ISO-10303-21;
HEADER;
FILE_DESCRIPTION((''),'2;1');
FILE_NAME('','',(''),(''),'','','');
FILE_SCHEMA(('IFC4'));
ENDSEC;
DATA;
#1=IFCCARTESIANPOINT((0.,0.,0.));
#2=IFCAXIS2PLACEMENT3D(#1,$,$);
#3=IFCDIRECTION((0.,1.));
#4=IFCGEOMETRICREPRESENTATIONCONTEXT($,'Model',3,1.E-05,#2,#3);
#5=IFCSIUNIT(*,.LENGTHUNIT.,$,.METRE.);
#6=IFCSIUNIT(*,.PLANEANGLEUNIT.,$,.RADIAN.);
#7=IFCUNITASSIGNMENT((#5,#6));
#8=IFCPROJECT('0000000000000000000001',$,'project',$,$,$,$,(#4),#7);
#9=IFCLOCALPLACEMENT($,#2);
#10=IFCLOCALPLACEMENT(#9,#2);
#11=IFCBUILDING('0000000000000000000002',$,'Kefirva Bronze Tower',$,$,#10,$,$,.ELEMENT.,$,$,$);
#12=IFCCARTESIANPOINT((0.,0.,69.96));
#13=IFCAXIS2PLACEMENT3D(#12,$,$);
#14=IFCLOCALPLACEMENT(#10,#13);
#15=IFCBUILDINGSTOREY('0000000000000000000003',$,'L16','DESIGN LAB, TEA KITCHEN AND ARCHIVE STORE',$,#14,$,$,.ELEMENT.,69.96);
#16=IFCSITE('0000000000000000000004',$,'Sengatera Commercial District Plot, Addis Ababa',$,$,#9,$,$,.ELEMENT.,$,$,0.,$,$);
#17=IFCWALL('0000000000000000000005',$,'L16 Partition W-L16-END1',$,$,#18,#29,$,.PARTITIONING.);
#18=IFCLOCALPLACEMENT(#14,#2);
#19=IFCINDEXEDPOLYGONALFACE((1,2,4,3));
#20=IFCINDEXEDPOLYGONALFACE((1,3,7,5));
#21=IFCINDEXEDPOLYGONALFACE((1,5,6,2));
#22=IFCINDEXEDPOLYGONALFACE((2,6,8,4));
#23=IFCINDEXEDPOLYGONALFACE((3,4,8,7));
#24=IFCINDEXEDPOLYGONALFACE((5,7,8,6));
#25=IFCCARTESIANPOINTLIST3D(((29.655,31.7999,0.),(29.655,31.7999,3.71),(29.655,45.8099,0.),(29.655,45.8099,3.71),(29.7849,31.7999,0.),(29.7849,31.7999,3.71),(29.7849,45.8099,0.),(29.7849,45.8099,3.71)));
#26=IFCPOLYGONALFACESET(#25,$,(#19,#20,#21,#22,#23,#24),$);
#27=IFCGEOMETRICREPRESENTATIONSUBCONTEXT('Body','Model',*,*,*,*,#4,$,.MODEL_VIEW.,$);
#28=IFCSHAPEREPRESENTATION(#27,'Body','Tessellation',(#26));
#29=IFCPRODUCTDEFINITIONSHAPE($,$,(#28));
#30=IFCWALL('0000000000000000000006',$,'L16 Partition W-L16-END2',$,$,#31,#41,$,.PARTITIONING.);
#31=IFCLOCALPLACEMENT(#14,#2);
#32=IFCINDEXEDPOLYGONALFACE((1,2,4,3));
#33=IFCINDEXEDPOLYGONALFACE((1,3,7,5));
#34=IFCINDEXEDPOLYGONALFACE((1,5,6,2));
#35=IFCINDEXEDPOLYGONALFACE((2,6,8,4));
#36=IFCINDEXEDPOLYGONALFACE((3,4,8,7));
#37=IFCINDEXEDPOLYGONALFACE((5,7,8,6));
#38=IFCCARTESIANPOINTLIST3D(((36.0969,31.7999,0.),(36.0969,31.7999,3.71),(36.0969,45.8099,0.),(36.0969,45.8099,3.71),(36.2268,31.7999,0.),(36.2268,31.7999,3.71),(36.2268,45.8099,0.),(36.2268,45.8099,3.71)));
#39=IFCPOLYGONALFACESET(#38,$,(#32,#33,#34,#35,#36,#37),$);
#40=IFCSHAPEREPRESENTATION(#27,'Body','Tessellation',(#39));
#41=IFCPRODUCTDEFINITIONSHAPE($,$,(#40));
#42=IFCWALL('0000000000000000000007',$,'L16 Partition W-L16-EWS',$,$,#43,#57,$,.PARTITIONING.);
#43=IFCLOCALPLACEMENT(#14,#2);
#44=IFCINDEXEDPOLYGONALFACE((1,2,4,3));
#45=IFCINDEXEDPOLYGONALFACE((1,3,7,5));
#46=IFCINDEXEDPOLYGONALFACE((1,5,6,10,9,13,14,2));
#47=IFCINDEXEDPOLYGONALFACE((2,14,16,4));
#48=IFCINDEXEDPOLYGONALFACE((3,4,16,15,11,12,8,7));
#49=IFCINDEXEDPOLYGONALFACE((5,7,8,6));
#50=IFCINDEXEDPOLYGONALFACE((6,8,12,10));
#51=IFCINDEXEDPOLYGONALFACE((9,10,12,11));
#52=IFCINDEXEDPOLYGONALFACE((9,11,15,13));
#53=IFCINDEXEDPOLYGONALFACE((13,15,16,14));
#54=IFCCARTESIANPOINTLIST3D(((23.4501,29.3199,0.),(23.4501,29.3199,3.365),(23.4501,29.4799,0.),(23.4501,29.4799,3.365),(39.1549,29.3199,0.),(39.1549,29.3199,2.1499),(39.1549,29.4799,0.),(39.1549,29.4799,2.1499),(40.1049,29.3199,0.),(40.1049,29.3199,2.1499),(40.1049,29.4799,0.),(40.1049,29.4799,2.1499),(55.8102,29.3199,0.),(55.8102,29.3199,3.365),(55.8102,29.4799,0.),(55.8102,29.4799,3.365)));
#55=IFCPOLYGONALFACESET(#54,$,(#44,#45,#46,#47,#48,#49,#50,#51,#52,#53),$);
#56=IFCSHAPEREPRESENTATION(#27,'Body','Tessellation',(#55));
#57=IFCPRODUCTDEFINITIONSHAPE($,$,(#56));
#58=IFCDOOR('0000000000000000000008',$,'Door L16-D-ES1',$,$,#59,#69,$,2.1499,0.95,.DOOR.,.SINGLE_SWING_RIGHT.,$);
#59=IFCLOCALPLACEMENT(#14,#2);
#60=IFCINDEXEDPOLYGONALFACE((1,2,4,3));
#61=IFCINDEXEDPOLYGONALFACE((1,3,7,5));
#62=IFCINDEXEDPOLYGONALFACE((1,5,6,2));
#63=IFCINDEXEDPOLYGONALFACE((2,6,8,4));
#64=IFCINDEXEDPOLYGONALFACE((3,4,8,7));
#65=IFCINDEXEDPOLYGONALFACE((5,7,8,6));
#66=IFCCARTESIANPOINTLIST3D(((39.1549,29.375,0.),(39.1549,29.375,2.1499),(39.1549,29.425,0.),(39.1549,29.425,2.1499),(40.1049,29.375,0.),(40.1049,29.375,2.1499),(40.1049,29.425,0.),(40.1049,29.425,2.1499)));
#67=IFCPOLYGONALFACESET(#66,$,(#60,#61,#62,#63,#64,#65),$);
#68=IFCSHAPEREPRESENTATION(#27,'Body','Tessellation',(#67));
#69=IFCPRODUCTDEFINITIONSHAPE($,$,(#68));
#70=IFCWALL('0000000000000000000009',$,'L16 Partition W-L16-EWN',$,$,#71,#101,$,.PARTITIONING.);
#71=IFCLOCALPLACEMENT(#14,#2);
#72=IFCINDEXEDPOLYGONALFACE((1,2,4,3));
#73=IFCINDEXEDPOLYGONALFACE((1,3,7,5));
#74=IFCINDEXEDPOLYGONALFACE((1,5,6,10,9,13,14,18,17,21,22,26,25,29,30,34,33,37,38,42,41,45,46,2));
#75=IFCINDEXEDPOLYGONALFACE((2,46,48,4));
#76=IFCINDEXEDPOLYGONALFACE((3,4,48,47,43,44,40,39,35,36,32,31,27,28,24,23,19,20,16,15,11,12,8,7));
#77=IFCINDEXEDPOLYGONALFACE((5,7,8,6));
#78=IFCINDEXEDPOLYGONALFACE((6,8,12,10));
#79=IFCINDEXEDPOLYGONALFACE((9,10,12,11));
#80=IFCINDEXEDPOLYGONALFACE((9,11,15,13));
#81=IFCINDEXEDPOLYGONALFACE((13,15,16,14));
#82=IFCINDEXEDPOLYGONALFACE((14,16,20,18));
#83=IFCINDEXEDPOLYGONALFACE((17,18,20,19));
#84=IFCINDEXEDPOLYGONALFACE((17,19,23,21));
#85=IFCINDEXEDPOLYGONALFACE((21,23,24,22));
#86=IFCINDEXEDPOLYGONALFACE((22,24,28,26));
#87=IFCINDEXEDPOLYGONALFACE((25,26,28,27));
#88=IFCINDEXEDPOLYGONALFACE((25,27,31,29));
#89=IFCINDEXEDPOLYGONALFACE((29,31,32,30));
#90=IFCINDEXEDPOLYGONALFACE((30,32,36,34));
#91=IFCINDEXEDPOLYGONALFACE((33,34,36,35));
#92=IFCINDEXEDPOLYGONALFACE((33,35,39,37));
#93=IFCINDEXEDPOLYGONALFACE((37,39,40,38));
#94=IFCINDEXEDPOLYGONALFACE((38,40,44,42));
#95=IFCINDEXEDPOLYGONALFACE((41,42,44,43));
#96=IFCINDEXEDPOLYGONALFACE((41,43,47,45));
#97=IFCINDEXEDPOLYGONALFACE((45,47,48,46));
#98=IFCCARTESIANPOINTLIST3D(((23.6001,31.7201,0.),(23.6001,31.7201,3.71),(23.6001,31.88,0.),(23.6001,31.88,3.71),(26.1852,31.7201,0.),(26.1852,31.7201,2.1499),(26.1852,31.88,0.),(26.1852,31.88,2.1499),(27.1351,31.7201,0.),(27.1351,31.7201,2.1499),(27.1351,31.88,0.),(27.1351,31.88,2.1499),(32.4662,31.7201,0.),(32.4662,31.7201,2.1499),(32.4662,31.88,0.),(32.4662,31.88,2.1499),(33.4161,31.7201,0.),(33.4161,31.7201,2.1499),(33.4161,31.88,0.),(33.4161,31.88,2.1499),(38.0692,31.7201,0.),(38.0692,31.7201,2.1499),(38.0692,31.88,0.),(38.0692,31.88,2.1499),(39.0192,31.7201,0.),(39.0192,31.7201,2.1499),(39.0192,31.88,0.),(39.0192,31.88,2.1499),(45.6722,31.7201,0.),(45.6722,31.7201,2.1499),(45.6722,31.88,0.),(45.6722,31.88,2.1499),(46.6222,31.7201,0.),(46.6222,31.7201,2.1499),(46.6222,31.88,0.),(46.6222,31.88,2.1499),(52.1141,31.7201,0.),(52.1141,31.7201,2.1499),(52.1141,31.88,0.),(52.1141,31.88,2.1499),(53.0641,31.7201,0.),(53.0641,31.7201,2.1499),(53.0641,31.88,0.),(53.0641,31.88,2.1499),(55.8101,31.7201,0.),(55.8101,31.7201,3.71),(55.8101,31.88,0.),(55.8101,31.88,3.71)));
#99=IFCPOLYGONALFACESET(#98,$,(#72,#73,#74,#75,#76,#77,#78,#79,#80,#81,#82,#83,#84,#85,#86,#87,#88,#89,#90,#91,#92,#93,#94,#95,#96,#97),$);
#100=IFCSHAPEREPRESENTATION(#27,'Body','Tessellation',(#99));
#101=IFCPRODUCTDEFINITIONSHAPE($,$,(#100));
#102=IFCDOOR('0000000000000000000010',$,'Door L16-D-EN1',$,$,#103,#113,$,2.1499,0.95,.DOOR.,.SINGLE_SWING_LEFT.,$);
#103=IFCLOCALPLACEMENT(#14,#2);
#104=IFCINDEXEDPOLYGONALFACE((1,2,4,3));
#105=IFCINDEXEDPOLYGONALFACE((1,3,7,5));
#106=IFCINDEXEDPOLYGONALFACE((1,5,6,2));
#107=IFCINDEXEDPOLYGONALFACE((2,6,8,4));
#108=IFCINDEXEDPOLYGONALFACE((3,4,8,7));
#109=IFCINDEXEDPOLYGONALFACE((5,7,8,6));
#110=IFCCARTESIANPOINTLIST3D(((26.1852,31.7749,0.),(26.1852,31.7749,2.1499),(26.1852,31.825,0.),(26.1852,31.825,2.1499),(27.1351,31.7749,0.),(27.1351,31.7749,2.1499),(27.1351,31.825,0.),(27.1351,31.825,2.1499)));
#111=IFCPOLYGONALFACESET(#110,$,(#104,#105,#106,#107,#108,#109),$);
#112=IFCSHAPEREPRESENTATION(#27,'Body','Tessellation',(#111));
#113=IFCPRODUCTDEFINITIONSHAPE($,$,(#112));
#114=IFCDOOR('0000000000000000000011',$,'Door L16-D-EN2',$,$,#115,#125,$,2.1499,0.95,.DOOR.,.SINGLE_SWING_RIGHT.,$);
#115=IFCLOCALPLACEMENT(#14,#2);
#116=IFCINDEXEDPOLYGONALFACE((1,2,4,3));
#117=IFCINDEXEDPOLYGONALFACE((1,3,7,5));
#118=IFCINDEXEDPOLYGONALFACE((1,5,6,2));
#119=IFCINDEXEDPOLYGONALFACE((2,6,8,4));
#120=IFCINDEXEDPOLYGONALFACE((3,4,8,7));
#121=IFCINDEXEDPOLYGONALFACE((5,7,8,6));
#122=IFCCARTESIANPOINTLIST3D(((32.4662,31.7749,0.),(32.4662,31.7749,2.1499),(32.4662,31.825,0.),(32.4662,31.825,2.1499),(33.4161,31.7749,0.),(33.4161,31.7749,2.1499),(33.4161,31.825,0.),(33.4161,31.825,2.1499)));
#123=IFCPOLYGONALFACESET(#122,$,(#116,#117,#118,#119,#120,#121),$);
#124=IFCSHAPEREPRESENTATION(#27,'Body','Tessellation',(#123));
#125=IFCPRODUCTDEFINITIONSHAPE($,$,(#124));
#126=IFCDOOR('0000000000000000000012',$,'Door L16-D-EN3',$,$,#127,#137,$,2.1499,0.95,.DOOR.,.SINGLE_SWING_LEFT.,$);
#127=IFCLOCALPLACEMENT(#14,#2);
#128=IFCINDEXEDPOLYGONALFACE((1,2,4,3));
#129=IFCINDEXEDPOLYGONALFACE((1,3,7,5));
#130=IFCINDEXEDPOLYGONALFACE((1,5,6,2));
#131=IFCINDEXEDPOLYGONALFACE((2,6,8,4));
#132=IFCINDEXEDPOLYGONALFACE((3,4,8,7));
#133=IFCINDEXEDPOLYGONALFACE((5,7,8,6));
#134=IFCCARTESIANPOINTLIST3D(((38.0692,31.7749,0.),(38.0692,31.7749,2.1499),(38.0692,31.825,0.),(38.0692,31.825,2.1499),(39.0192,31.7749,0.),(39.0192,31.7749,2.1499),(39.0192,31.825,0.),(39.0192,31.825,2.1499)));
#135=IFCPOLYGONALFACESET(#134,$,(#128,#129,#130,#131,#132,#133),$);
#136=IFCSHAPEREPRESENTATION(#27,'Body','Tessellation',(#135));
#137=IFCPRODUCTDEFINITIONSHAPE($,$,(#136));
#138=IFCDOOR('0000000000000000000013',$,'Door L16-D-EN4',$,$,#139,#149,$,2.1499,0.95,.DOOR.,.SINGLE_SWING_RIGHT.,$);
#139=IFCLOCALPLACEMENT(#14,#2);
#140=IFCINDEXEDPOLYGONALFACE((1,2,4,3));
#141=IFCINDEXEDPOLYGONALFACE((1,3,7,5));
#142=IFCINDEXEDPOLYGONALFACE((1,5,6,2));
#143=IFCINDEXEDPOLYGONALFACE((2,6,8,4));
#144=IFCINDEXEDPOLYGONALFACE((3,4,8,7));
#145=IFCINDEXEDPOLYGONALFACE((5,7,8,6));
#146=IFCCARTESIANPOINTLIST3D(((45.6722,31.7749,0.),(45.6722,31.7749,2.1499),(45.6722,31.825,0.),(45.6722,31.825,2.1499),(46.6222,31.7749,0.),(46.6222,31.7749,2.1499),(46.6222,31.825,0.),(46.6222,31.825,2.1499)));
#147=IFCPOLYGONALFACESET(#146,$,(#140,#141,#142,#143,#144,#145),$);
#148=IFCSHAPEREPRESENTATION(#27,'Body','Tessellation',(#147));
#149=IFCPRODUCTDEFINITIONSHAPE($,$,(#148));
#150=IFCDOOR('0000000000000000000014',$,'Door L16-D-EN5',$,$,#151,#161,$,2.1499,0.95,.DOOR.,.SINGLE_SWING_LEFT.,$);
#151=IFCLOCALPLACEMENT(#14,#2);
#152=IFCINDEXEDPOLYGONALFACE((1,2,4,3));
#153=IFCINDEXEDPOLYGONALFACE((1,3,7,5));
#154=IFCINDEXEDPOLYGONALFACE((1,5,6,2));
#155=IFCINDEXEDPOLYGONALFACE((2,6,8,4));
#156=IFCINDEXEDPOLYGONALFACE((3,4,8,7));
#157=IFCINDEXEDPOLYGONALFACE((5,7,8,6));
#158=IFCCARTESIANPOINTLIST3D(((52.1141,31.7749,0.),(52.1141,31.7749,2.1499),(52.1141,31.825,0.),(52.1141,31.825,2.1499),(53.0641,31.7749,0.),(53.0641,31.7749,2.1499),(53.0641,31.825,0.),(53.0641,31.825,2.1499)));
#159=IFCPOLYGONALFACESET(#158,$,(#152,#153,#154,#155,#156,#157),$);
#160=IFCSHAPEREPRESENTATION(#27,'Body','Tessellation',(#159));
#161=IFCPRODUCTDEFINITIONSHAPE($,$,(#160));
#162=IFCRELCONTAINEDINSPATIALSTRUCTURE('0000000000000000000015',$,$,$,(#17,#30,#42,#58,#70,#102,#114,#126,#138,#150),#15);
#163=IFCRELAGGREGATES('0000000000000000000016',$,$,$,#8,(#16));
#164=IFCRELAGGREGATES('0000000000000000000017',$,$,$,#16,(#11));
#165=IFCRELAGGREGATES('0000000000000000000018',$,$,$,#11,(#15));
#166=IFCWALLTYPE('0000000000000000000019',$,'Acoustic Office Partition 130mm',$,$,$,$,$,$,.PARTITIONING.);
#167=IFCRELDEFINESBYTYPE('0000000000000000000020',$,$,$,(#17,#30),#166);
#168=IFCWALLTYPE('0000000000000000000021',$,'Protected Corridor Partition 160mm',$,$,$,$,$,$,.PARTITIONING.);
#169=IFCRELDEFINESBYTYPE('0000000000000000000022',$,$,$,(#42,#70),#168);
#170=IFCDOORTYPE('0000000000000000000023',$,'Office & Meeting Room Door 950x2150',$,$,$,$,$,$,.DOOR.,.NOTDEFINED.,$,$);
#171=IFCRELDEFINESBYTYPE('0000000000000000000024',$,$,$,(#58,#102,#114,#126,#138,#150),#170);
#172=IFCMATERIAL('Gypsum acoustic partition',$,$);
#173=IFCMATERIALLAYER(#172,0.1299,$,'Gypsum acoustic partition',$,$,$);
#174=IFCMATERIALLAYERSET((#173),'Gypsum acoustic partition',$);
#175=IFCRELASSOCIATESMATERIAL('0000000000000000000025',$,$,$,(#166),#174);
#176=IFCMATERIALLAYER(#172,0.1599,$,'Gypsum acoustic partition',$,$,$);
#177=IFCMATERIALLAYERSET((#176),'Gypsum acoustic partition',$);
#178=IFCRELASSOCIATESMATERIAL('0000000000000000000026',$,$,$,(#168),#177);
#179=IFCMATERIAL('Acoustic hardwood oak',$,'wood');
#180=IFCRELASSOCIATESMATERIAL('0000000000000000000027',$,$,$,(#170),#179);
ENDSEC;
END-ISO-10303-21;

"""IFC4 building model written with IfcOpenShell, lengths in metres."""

from ifc_helpers import new_model, si_unit, direction, frame, frame_2d, origin, place, context, subcontext, project, spatial, rectangle, extrude, material, layer, layer_set, type_object, element, fill, save


model = new_model("IFC4")

# Units and contexts
model_context = context("Model", 3, precision=1e-05, world=origin(), true_north=direction((0.0, 1.0)))
body_context = subcontext(model_context, "Body", "Model", "MODEL_VIEW")
ifc_project = project(units=[si_unit("LENGTHUNIT", "METRE"), si_unit("PLANEANGLEUNIT", "RADIAN")], contexts=[model_context])

# Site, building, storey
site_placement = place(None, origin())
site = spatial("IfcSite", under=ifc_project, at=site_placement, Name="Sengatera Commercial District Plot, Addis Ababa", CompositionType="ELEMENT", RefElevation=0.0)
building_placement = place(site_placement, origin())
building = spatial("IfcBuilding", under=site, at=building_placement, Name="Kefirva Bronze Tower", CompositionType="ELEMENT")
storey_placement = place(building_placement, frame((0.0, 0.0, 69.96)))
storey = spatial("IfcBuildingStorey", under=building, at=storey_placement, Name="L16", Description="DESIGN LAB, TEA KITCHEN AND ARCHIVE STORE", CompositionType="ELEMENT", Elevation=69.96)

# Walls
ifc_material_1 = material(Name="Gypsum acoustic partition")
ifc_layer_1 = layer(ifc_material_1, 0.1299, Name="Gypsum acoustic partition")
ifc_layer_set_1 = layer_set([ifc_layer_1], Name="Gypsum acoustic partition")
wall_type_1 = type_object("IfcWallType", Name="Acoustic Office Partition 130mm", PredefinedType="PARTITIONING", material=ifc_layer_set_1)
for number, where, z_axis, x_axis, name in (
    (1, (29.72, 31.8, 0.0), (0.0, 0.0, 1.0), (0.0, 1.0, 0.0), "L16 Partition W-L16-END1"),
    (2, (36.1619, 31.8, 0.0), (0.0, 0.0, 1.0), (0.0, 1.0, 0.0), "L16 Partition W-L16-END2"),
):
    element("IfcWall", number, at=place(storey_placement, frame(where, z_axis=z_axis, x_axis=x_axis)), inside=storey, type_object=wall_type_1, Name=name, PredefinedType="PARTITIONING", context=body_context, shape_type="SweptSolid", body=[
        extrude(rectangle(XDim=14.01, YDim=0.1299, at=frame_2d((7.0049, 0.0))), origin(), (0.0, 0.0, 1.0), 3.71),
    ])

# Wall, opening, door
ifc_layer_2 = layer(ifc_material_1, 0.1599, Name="Gypsum acoustic partition")
ifc_layer_set_2 = layer_set([ifc_layer_2], Name="Gypsum acoustic partition")
wall_type_2 = type_object("IfcWallType", Name="Protected Corridor Partition 160mm", PredefinedType="PARTITIONING", material=ifc_layer_set_2)
wall_1_placement = place(storey_placement, frame((23.45, 29.3999, 0.0), z_axis=(0.0, 0.0, 1.0), x_axis=(1.0, 0.0, 0.0)))
wall_1 = element("IfcWall", 3, at=wall_1_placement, inside=storey, type_object=wall_type_2, Name="L16 Partition W-L16-EWS", PredefinedType="PARTITIONING", context=body_context, shape_type="SweptSolid", body=[
    extrude(rectangle(XDim=32.3601, YDim=0.1599, at=frame_2d((16.1802, 0.0))), origin(), (0.0, 0.0, 1.0), 3.365),
])
opening_1_placement = place(wall_1_placement, frame((16.655, 0.0, 0.0), z_axis=(0.0, 0.0, 1.0), x_axis=(-1.0, 0.0, 0.0)))
opening_1 = element("IfcOpeningElement", 4, at=opening_1_placement, cuts=wall_1, PredefinedType="OPENING", context=body_context, shape_type="SweptSolid", body=[
    extrude(rectangle(XDim=0.95, YDim=2.1499, at=frame_2d((0.4751, 1.075))), frame((0.0, 0.0898, 0.0), z_axis=(0.0, -1.0, 0.0), x_axis=(1.0, 0.0, 0.0)), (0.0, 0.0, 1.0), 0.1799),
])
ifc_material_2 = material(Name="Acoustic hardwood oak", Category="wood")
door_type = type_object("IfcDoorType", Name="Office & Meeting Room Door 950x2150", OperationType="NOTDEFINED", PredefinedType="DOOR", material=ifc_material_2)
door_1_placement = place(opening_1_placement, origin())
door_1 = element("IfcDoor", 5, at=door_1_placement, inside=storey, type_object=door_type, Name="Door L16-D-ES1", OperationType="SINGLE_SWING_RIGHT", OverallHeight=2.1499, OverallWidth=0.95, PredefinedType="DOOR", context=body_context, shape_type="SweptSolid", body=[
    extrude(rectangle(XDim=0.95, YDim=2.1499, at=frame_2d((0.4751, 1.075))), frame((0.0, 0.0249, 0.0), z_axis=(0.0, -1.0, 0.0), x_axis=(1.0, 0.0, 0.0)), (0.0, 0.0, 1.0), 0.05),
])
fill(opening_1, door_1)

# Wall, openings, doors
wall_2_placement = place(storey_placement, frame((23.6001, 31.8, 0.0), z_axis=(0.0, 0.0, 1.0), x_axis=(1.0, 0.0, 0.0)))
wall_2 = element("IfcWall", 6, at=wall_2_placement, inside=storey, type_object=wall_type_2, Name="L16 Partition W-L16-EWN", PredefinedType="PARTITIONING", context=body_context, shape_type="SweptSolid", body=[
    extrude(rectangle(XDim=32.21, YDim=0.1599, at=frame_2d((16.105, 0.0))), origin(), (0.0, 0.0, 1.0), 3.71),
])
opening_2_placement = place(wall_2_placement, frame((2.585, 0.0, 0.0)))
opening_2 = element("IfcOpeningElement", 7, at=opening_2_placement, cuts=wall_2, PredefinedType="OPENING", context=body_context, shape_type="SweptSolid", body=[
    extrude(rectangle(XDim=0.95, YDim=2.1499, at=frame_2d((0.4751, 1.075))), frame((0.0, 0.0898, 0.0), z_axis=(0.0, -1.0, 0.0), x_axis=(1.0, 0.0, 0.0)), (0.0, 0.0, 1.0), 0.1799),
])
opening_3_placement = place(wall_2_placement, frame((8.866, 0.0, 0.0)))
opening_3 = element("IfcOpeningElement", 8, at=opening_3_placement, cuts=wall_2, PredefinedType="OPENING", context=body_context, shape_type="SweptSolid", body=[
    extrude(rectangle(XDim=0.95, YDim=2.1499, at=frame_2d((0.4751, 1.075))), frame((0.0, 0.0898, 0.0), z_axis=(0.0, -1.0, 0.0), x_axis=(1.0, 0.0, 0.0)), (0.0, 0.0, 1.0), 0.1799),
])
opening_4_placement = place(wall_2_placement, frame((14.469, 0.0, 0.0)))
opening_4 = element("IfcOpeningElement", 9, at=opening_4_placement, cuts=wall_2, PredefinedType="OPENING", context=body_context, shape_type="SweptSolid", body=[
    extrude(rectangle(XDim=0.95, YDim=2.1499, at=frame_2d((0.4751, 1.075))), frame((0.0, 0.0898, 0.0), z_axis=(0.0, -1.0, 0.0), x_axis=(1.0, 0.0, 0.0)), (0.0, 0.0, 1.0), 0.1799),
])
opening_5_placement = place(wall_2_placement, frame((22.072, 0.0, 0.0)))
opening_5 = element("IfcOpeningElement", 10, at=opening_5_placement, cuts=wall_2, PredefinedType="OPENING", context=body_context, shape_type="SweptSolid", body=[
    extrude(rectangle(XDim=0.95, YDim=2.1499, at=frame_2d((0.4751, 1.075))), frame((0.0, 0.0898, 0.0), z_axis=(0.0, -1.0, 0.0), x_axis=(1.0, 0.0, 0.0)), (0.0, 0.0, 1.0), 0.1799),
])
opening_6_placement = place(wall_2_placement, frame((28.5139, 0.0, 0.0)))
opening_6 = element("IfcOpeningElement", 11, at=opening_6_placement, cuts=wall_2, PredefinedType="OPENING", context=body_context, shape_type="SweptSolid", body=[
    extrude(rectangle(XDim=0.95, YDim=2.1499, at=frame_2d((0.4751, 1.075))), frame((0.0, 0.0898, 0.0), z_axis=(0.0, -1.0, 0.0), x_axis=(1.0, 0.0, 0.0)), (0.0, 0.0, 1.0), 0.1799),
])
door_2_placement = place(opening_2_placement, origin())
door_2 = element("IfcDoor", 12, at=door_2_placement, inside=storey, type_object=door_type, Name="Door L16-D-EN1", OperationType="SINGLE_SWING_LEFT", OverallHeight=2.1499, OverallWidth=0.95, PredefinedType="DOOR", context=body_context, shape_type="SweptSolid", body=[
    extrude(rectangle(XDim=0.95, YDim=2.1499, at=frame_2d((0.4751, 1.075))), frame((0.0, 0.0249, 0.0), z_axis=(0.0, -1.0, 0.0), x_axis=(1.0, 0.0, 0.0)), (0.0, 0.0, 1.0), 0.05),
])
fill(opening_2, door_2)
door_3_placement = place(opening_3_placement, origin())
door_3 = element("IfcDoor", 13, at=door_3_placement, inside=storey, type_object=door_type, Name="Door L16-D-EN2", OperationType="SINGLE_SWING_RIGHT", OverallHeight=2.1499, OverallWidth=0.95, PredefinedType="DOOR", context=body_context, shape_type="SweptSolid", body=[
    extrude(rectangle(XDim=0.95, YDim=2.1499, at=frame_2d((0.4751, 1.075))), frame((0.0, 0.0249, 0.0), z_axis=(0.0, -1.0, 0.0), x_axis=(1.0, 0.0, 0.0)), (0.0, 0.0, 1.0), 0.05),
])
fill(opening_3, door_3)
door_4_placement = place(opening_4_placement, origin())
door_4 = element("IfcDoor", 14, at=door_4_placement, inside=storey, type_object=door_type, Name="Door L16-D-EN3", OperationType="SINGLE_SWING_LEFT", OverallHeight=2.1499, OverallWidth=0.95, PredefinedType="DOOR", context=body_context, shape_type="SweptSolid", body=[
    extrude(rectangle(XDim=0.95, YDim=2.1499, at=frame_2d((0.4751, 1.075))), frame((0.0, 0.0249, 0.0), z_axis=(0.0, -1.0, 0.0), x_axis=(1.0, 0.0, 0.0)), (0.0, 0.0, 1.0), 0.05),
])
fill(opening_4, door_4)
door_5_placement = place(opening_5_placement, origin())
door_5 = element("IfcDoor", 15, at=door_5_placement, inside=storey, type_object=door_type, Name="Door L16-D-EN4", OperationType="SINGLE_SWING_RIGHT", OverallHeight=2.1499, OverallWidth=0.95, PredefinedType="DOOR", context=body_context, shape_type="SweptSolid", body=[
    extrude(rectangle(XDim=0.95, YDim=2.1499, at=frame_2d((0.4751, 1.075))), frame((0.0, 0.0249, 0.0), z_axis=(0.0, -1.0, 0.0), x_axis=(1.0, 0.0, 0.0)), (0.0, 0.0, 1.0), 0.05),
])
fill(opening_5, door_5)
door_6_placement = place(opening_6_placement, origin())
door_6 = element("IfcDoor", 16, at=door_6_placement, inside=storey, type_object=door_type, Name="Door L16-D-EN5", OperationType="SINGLE_SWING_LEFT", OverallHeight=2.1499, OverallWidth=0.95, PredefinedType="DOOR", context=body_context, shape_type="SweptSolid", body=[
    extrude(rectangle(XDim=0.95, YDim=2.1499, at=frame_2d((0.4751, 1.075))), frame((0.0, 0.0249, 0.0), z_axis=(0.0, -1.0, 0.0), x_axis=(1.0, 0.0, 0.0)), (0.0, 0.0, 1.0), 0.05),
])
fill(opening_6, door_6)

save(model, "model.ifc")
